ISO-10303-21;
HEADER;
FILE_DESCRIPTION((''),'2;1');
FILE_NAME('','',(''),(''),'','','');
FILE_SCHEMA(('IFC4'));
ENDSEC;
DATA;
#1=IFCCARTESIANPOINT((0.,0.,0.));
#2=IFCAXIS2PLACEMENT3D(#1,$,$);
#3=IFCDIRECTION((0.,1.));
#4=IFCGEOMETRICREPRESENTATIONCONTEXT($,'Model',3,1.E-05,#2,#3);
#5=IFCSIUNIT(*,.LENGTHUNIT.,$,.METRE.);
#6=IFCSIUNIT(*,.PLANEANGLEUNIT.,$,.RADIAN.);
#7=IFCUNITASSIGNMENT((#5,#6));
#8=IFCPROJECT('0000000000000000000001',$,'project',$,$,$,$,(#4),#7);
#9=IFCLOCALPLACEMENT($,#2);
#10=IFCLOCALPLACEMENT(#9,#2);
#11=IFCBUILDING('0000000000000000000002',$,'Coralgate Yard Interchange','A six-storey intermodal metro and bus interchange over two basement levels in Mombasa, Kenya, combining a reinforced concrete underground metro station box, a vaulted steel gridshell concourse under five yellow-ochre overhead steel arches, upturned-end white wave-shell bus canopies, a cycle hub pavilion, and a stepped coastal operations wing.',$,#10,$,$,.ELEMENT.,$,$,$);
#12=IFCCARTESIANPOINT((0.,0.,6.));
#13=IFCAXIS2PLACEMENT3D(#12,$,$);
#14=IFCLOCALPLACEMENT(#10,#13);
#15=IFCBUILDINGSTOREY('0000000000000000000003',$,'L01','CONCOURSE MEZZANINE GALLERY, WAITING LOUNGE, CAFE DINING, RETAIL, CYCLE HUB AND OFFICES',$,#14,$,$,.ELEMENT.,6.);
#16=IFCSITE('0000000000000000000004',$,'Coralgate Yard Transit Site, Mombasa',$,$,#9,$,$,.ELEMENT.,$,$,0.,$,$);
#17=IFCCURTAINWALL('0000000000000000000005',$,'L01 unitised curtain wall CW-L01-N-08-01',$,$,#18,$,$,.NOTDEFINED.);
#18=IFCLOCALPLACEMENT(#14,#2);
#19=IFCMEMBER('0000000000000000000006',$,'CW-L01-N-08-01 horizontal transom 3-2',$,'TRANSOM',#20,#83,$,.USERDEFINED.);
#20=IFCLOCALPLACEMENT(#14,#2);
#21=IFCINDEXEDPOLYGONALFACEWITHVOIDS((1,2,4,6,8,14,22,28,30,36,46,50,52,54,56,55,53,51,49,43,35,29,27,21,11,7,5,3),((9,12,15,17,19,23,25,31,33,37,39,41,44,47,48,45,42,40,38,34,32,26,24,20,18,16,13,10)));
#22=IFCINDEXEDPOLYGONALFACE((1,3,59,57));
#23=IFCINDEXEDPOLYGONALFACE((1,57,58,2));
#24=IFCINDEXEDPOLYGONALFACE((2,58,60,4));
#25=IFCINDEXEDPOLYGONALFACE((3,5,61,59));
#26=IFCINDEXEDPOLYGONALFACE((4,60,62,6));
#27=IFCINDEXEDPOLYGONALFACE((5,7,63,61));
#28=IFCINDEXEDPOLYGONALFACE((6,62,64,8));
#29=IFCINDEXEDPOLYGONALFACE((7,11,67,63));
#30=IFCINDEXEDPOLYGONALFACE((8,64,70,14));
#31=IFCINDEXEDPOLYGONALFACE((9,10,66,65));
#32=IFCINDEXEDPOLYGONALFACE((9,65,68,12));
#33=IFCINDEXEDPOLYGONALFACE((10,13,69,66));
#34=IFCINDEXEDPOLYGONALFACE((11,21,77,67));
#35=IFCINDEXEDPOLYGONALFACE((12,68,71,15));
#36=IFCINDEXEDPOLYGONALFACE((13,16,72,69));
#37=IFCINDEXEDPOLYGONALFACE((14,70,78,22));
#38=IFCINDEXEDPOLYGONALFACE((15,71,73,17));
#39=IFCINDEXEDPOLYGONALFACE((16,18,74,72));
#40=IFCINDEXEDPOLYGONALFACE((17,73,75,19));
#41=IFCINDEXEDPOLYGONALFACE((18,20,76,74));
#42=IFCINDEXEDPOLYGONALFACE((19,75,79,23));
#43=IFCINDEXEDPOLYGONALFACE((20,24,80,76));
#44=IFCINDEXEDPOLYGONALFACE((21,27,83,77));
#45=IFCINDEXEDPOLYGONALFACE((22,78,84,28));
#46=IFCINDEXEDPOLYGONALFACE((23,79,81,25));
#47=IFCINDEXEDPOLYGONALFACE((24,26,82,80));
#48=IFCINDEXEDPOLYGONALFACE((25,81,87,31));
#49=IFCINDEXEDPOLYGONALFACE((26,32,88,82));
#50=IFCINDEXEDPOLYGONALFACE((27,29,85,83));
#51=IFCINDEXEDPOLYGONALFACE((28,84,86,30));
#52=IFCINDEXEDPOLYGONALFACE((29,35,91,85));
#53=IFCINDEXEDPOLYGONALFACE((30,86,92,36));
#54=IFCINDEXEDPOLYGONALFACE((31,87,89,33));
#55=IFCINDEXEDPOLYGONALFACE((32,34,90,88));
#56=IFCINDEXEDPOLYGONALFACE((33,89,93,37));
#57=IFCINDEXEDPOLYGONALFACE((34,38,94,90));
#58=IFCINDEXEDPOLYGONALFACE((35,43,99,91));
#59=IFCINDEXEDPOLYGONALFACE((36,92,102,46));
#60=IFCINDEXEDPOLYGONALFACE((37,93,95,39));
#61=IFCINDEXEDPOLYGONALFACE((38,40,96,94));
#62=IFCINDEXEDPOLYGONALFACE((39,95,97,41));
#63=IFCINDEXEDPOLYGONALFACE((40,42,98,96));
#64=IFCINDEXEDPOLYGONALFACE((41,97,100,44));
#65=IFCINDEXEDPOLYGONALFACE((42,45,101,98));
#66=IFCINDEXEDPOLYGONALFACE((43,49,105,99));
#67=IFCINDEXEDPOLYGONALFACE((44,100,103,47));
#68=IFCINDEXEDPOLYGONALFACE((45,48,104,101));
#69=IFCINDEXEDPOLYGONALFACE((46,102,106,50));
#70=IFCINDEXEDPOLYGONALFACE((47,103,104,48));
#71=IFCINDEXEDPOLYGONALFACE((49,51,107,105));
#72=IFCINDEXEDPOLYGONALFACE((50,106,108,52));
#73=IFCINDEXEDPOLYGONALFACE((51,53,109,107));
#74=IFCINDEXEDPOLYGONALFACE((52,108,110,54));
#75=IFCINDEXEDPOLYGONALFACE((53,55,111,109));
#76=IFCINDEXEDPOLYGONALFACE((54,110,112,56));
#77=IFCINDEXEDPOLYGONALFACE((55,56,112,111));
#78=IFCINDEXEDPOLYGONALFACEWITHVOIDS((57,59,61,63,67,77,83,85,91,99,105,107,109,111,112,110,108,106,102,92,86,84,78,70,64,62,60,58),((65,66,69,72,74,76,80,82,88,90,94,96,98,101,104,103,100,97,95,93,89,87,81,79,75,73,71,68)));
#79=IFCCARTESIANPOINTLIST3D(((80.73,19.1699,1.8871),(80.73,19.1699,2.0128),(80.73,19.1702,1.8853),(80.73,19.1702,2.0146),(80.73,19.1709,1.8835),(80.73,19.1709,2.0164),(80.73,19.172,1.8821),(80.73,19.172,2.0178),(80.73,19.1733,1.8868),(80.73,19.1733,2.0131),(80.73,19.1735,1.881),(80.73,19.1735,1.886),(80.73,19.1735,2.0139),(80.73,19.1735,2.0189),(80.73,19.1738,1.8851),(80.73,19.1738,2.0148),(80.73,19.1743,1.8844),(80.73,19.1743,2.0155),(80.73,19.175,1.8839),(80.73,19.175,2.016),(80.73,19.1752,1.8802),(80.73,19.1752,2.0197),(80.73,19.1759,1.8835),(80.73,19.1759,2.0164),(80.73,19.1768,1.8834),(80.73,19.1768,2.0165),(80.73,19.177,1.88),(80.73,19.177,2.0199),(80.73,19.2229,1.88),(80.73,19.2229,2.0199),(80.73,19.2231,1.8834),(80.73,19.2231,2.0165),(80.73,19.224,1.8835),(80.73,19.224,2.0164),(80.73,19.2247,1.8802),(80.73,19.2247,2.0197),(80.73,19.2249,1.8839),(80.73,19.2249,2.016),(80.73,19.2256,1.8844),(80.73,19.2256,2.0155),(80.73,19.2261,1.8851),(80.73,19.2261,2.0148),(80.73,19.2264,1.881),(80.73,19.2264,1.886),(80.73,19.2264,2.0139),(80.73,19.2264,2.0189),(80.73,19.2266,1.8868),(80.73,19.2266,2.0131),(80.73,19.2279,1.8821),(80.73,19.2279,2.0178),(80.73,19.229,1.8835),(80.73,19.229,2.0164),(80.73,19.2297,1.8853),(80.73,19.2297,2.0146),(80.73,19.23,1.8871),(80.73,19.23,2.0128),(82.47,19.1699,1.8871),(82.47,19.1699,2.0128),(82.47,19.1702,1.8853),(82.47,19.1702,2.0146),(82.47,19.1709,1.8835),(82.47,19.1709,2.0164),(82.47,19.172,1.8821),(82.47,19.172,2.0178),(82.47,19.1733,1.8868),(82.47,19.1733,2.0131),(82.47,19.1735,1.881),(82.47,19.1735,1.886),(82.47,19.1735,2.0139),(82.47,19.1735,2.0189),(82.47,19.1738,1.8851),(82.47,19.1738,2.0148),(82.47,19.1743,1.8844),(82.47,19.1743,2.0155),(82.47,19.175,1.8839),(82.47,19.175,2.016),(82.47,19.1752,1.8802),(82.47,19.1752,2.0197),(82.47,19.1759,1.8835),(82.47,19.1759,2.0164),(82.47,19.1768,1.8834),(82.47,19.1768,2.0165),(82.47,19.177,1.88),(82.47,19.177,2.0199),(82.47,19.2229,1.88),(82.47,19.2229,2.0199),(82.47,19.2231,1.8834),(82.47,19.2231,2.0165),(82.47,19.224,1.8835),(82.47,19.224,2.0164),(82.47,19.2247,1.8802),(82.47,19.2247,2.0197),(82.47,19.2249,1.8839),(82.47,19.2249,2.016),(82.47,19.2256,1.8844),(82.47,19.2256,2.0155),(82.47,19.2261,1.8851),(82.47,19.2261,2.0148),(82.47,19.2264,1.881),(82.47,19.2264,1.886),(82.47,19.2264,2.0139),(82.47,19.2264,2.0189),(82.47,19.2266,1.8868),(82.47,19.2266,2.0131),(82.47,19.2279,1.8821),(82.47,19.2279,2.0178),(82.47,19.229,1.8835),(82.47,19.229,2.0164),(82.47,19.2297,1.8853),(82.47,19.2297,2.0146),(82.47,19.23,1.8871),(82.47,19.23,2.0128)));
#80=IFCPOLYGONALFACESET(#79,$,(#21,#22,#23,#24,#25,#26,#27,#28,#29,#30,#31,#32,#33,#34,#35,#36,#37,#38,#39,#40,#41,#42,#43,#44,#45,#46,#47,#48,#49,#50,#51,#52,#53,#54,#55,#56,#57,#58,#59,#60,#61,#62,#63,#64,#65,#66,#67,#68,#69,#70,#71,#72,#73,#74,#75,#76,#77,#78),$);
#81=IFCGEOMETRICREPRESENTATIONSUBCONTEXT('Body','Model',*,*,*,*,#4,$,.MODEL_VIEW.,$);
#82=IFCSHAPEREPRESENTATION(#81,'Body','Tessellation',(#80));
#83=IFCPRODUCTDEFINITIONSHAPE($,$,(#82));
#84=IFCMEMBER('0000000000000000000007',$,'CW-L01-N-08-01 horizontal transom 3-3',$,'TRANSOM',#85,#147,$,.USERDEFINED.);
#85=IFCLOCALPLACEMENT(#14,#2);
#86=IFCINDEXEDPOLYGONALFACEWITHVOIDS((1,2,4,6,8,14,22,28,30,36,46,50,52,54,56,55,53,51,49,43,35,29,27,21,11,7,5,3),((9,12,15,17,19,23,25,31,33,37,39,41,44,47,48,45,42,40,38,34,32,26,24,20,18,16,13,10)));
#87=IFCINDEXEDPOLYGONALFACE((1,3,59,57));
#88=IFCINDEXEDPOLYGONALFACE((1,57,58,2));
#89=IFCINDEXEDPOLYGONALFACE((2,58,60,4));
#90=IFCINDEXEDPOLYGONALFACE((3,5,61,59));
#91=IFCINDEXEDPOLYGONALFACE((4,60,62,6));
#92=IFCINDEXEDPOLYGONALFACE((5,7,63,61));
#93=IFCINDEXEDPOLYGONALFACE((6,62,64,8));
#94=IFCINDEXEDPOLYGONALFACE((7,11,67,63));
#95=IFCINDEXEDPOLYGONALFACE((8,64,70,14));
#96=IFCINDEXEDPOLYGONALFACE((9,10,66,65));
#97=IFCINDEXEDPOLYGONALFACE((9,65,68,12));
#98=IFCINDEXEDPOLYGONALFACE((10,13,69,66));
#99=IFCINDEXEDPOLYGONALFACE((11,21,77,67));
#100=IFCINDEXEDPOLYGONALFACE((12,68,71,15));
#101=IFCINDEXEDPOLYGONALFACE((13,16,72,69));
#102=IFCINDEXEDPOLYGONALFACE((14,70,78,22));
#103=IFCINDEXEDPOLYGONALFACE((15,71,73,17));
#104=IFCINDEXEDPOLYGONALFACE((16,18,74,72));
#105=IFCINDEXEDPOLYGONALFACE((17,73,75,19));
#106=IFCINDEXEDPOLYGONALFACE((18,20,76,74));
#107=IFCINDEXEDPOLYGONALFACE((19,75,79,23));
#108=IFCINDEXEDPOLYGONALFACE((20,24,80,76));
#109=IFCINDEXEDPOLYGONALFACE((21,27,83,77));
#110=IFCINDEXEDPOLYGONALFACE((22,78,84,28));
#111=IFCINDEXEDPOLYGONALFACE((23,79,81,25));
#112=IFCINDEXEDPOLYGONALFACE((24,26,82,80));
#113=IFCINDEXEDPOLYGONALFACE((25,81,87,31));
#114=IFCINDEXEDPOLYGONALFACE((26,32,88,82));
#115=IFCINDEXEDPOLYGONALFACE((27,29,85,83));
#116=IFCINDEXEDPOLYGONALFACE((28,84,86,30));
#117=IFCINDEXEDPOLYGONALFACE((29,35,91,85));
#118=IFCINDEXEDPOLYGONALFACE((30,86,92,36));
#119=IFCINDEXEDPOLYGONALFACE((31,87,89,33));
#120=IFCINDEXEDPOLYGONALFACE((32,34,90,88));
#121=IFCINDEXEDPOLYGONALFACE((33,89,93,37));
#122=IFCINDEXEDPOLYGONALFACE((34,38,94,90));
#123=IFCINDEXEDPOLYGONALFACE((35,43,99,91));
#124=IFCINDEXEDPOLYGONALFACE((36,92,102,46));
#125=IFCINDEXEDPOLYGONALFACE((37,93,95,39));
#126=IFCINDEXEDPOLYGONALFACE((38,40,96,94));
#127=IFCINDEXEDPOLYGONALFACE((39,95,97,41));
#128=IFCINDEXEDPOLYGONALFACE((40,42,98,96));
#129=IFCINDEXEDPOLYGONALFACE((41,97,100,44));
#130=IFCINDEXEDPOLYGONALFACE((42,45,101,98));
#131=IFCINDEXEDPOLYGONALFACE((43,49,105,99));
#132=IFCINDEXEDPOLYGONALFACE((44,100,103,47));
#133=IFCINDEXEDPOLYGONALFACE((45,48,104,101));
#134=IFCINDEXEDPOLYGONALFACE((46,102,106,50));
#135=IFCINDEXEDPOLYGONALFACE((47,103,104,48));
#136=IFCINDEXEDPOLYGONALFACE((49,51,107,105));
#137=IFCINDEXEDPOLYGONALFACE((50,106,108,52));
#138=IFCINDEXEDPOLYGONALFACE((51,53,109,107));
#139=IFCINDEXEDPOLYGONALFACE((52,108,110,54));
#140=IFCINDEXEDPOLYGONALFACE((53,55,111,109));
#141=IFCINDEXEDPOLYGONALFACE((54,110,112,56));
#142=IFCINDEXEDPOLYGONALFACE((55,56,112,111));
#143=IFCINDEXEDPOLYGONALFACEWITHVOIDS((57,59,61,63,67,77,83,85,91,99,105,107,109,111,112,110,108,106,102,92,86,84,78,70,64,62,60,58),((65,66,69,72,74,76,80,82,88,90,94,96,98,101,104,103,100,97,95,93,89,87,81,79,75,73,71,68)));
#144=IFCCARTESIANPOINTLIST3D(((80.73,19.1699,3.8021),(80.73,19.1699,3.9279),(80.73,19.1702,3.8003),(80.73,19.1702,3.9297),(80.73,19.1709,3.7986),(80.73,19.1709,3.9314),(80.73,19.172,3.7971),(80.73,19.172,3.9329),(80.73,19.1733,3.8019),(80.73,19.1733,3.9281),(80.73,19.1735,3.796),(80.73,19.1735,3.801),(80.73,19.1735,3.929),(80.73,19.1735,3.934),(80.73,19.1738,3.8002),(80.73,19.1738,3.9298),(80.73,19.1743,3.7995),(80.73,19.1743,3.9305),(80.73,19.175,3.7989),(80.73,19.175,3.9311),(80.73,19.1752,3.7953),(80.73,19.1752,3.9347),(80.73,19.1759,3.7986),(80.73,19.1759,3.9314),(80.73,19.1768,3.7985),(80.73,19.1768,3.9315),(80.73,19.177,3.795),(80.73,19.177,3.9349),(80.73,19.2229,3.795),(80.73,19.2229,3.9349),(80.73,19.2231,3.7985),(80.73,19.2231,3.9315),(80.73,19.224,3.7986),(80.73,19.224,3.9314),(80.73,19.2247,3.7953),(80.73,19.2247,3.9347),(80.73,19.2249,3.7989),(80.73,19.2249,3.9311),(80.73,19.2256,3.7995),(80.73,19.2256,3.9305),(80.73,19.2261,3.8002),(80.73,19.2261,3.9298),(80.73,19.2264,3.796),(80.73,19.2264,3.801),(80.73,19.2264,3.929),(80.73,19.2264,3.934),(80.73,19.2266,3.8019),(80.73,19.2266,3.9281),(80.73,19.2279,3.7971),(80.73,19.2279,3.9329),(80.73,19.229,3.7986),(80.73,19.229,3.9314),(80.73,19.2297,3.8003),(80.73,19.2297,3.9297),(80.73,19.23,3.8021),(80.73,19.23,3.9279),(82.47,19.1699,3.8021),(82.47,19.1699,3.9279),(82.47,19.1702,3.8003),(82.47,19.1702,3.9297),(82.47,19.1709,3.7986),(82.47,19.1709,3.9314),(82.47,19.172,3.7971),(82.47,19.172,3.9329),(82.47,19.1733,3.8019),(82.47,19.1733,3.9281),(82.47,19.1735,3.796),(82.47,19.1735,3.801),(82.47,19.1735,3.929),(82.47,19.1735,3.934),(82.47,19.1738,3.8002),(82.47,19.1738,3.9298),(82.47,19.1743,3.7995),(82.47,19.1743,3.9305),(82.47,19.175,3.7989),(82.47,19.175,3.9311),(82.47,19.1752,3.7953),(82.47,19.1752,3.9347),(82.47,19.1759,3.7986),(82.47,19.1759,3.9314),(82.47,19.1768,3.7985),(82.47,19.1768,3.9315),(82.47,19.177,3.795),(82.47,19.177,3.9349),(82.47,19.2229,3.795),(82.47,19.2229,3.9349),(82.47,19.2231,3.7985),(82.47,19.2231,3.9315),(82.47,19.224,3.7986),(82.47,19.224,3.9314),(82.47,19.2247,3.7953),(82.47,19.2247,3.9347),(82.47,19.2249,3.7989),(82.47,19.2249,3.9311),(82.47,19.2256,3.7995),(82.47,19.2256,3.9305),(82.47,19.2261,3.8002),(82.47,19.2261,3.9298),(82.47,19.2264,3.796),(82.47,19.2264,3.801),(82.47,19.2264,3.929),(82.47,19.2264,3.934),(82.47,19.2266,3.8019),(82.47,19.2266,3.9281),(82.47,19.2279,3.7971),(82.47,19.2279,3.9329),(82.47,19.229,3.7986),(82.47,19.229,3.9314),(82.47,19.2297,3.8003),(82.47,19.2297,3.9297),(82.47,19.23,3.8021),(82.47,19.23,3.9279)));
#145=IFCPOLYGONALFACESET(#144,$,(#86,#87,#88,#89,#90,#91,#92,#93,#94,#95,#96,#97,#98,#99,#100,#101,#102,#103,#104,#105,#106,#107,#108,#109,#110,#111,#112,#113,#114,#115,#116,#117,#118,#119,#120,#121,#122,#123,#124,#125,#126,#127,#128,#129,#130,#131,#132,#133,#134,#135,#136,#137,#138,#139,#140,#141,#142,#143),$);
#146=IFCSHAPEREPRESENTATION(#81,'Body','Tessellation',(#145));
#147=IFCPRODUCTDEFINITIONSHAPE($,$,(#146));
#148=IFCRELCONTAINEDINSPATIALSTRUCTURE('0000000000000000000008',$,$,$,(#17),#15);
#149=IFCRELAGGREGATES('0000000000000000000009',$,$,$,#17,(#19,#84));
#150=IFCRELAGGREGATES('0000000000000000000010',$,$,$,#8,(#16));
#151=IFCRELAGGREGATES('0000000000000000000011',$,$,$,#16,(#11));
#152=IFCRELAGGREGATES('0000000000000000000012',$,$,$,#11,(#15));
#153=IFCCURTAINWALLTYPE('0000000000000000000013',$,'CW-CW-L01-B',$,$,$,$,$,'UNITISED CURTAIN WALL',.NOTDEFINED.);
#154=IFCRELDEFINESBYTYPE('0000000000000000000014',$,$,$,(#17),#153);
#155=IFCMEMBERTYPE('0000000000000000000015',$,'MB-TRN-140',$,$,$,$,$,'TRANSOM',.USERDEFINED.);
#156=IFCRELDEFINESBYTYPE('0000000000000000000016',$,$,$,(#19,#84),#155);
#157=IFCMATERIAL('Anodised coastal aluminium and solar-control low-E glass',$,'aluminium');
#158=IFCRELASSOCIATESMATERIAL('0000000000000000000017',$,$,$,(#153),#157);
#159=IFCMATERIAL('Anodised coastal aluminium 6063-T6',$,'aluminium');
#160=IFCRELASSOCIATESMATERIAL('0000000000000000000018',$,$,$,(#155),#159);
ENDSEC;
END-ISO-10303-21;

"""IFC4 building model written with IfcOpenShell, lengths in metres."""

from ifc_helpers import new_model, si_unit, direction, frame, origin, origin_2d, place, context, subcontext, project, spatial, hollow_rectangle, extrude, material, material_profile, profile_set, type_object, element, aggregate, save


model = new_model("IFC4")

# Units and contexts
model_context = context("Model", 3, precision=1e-05, world=origin(), true_north=direction((0.0, 1.0)))
body_context = subcontext(model_context, "Body", "Model", "MODEL_VIEW")
ifc_project = project(units=[si_unit("LENGTHUNIT", "METRE"), si_unit("PLANEANGLEUNIT", "RADIAN")], contexts=[model_context])

# Site, building, storey
site_placement = place(None, origin())
site = spatial("IfcSite", under=ifc_project, at=site_placement, Name="Coralgate Yard Transit Site, Mombasa", CompositionType="ELEMENT", RefElevation=0.0)
building_placement = place(site_placement, origin())
building = spatial("IfcBuilding", under=site, at=building_placement, Name="Coralgate Yard Interchange", Description="A six-storey intermodal metro and bus interchange over two basement levels in Mombasa, Kenya, combining a reinforced concrete underground metro station box, a vaulted steel gridshell concourse under five yellow-ochre overhead steel arches, upturned-end white wave-shell bus canopies, a cycle hub pavilion, and a stepped coastal operations wing.", CompositionType="ELEMENT")
storey_placement = place(building_placement, frame((0.0, 0.0, 6.0)))
storey = spatial("IfcBuildingStorey", under=building, at=storey_placement, Name="L01", Description="CONCOURSE MEZZANINE GALLERY, WAITING LOUNGE, CAFE DINING, RETAIL, CYCLE HUB AND OFFICES", CompositionType="ELEMENT", Elevation=6.0)

# Shared definitions
ifc_material_1 = material(Name="Anodised coastal aluminium and solar-control low-E glass", Category="aluminium")
ifc_material_2 = material(Name="Anodised coastal aluminium 6063-T6", Category="aluminium")

# Curtain wall
curtain_wall_type_1 = type_object("IfcCurtainWallType", Name="CW-CW-L01-B", ElementType="UNITISED CURTAIN WALL", PredefinedType="NOTDEFINED", material=ifc_material_1)
curtain_wall_1_placement = place(storey_placement, origin())
curtain_wall_1 = element("IfcCurtainWall", 1, at=curtain_wall_1_placement, inside=storey, type_object=curtain_wall_type_1, Name="L01 unitised curtain wall CW-L01-N-08-01", PredefinedType="NOTDEFINED")

# Members
ifc_material_profile_1 = material_profile(ifc_material_2, hollow_rectangle(XDim=0.0601, YDim=0.1399, WallThickness=0.0034, InnerFilletRadius=0.0034, OuterFilletRadius=0.0071, at=origin_2d()), Name="ALU 60x140x3.5")
ifc_profile_set_1 = profile_set([ifc_material_profile_1], Name="Anodised coastal aluminium 6063-T6")
member_type_1 = type_object("IfcMemberType", Name="MB-TRN-140", ElementType="TRANSOM", PredefinedType="USERDEFINED", material=ifc_profile_set_1)
member_1_placement = place(storey_placement, frame((80.73, 19.2, 1.95), z_axis=(1.0, 0.0, 0.0), x_axis=(0.0, 1.0, 0.0)))
member_1 = element("IfcMember", 2, at=member_1_placement, type_object=member_type_1, Name="CW-L01-N-08-01 horizontal transom 3-2", ObjectType="TRANSOM", PredefinedType="USERDEFINED", context=body_context, shape_type="SweptSolid", body=[
    extrude(hollow_rectangle(XDim=0.0601, YDim=0.1399, WallThickness=0.0034, InnerFilletRadius=0.0034, OuterFilletRadius=0.0071, at=origin_2d()), origin(), (0.0, 0.0, 1.0), 1.74),
])
member_2_placement = place(storey_placement, frame((80.73, 19.2, 3.865), z_axis=(1.0, 0.0, 0.0), x_axis=(0.0, 1.0, 0.0)))
member_2 = element("IfcMember", 3, at=member_2_placement, type_object=member_type_1, Name="CW-L01-N-08-01 horizontal transom 3-3", ObjectType="TRANSOM", PredefinedType="USERDEFINED", context=body_context, shape_type="SweptSolid", body=[
    extrude(hollow_rectangle(XDim=0.0601, YDim=0.1399, WallThickness=0.0034, InnerFilletRadius=0.0034, OuterFilletRadius=0.0071, at=origin_2d()), origin(), (0.0, 0.0, 1.0), 1.74),
])

aggregate(curtain_wall_1, [member_1, member_2])

save(model, "model.ifc")
